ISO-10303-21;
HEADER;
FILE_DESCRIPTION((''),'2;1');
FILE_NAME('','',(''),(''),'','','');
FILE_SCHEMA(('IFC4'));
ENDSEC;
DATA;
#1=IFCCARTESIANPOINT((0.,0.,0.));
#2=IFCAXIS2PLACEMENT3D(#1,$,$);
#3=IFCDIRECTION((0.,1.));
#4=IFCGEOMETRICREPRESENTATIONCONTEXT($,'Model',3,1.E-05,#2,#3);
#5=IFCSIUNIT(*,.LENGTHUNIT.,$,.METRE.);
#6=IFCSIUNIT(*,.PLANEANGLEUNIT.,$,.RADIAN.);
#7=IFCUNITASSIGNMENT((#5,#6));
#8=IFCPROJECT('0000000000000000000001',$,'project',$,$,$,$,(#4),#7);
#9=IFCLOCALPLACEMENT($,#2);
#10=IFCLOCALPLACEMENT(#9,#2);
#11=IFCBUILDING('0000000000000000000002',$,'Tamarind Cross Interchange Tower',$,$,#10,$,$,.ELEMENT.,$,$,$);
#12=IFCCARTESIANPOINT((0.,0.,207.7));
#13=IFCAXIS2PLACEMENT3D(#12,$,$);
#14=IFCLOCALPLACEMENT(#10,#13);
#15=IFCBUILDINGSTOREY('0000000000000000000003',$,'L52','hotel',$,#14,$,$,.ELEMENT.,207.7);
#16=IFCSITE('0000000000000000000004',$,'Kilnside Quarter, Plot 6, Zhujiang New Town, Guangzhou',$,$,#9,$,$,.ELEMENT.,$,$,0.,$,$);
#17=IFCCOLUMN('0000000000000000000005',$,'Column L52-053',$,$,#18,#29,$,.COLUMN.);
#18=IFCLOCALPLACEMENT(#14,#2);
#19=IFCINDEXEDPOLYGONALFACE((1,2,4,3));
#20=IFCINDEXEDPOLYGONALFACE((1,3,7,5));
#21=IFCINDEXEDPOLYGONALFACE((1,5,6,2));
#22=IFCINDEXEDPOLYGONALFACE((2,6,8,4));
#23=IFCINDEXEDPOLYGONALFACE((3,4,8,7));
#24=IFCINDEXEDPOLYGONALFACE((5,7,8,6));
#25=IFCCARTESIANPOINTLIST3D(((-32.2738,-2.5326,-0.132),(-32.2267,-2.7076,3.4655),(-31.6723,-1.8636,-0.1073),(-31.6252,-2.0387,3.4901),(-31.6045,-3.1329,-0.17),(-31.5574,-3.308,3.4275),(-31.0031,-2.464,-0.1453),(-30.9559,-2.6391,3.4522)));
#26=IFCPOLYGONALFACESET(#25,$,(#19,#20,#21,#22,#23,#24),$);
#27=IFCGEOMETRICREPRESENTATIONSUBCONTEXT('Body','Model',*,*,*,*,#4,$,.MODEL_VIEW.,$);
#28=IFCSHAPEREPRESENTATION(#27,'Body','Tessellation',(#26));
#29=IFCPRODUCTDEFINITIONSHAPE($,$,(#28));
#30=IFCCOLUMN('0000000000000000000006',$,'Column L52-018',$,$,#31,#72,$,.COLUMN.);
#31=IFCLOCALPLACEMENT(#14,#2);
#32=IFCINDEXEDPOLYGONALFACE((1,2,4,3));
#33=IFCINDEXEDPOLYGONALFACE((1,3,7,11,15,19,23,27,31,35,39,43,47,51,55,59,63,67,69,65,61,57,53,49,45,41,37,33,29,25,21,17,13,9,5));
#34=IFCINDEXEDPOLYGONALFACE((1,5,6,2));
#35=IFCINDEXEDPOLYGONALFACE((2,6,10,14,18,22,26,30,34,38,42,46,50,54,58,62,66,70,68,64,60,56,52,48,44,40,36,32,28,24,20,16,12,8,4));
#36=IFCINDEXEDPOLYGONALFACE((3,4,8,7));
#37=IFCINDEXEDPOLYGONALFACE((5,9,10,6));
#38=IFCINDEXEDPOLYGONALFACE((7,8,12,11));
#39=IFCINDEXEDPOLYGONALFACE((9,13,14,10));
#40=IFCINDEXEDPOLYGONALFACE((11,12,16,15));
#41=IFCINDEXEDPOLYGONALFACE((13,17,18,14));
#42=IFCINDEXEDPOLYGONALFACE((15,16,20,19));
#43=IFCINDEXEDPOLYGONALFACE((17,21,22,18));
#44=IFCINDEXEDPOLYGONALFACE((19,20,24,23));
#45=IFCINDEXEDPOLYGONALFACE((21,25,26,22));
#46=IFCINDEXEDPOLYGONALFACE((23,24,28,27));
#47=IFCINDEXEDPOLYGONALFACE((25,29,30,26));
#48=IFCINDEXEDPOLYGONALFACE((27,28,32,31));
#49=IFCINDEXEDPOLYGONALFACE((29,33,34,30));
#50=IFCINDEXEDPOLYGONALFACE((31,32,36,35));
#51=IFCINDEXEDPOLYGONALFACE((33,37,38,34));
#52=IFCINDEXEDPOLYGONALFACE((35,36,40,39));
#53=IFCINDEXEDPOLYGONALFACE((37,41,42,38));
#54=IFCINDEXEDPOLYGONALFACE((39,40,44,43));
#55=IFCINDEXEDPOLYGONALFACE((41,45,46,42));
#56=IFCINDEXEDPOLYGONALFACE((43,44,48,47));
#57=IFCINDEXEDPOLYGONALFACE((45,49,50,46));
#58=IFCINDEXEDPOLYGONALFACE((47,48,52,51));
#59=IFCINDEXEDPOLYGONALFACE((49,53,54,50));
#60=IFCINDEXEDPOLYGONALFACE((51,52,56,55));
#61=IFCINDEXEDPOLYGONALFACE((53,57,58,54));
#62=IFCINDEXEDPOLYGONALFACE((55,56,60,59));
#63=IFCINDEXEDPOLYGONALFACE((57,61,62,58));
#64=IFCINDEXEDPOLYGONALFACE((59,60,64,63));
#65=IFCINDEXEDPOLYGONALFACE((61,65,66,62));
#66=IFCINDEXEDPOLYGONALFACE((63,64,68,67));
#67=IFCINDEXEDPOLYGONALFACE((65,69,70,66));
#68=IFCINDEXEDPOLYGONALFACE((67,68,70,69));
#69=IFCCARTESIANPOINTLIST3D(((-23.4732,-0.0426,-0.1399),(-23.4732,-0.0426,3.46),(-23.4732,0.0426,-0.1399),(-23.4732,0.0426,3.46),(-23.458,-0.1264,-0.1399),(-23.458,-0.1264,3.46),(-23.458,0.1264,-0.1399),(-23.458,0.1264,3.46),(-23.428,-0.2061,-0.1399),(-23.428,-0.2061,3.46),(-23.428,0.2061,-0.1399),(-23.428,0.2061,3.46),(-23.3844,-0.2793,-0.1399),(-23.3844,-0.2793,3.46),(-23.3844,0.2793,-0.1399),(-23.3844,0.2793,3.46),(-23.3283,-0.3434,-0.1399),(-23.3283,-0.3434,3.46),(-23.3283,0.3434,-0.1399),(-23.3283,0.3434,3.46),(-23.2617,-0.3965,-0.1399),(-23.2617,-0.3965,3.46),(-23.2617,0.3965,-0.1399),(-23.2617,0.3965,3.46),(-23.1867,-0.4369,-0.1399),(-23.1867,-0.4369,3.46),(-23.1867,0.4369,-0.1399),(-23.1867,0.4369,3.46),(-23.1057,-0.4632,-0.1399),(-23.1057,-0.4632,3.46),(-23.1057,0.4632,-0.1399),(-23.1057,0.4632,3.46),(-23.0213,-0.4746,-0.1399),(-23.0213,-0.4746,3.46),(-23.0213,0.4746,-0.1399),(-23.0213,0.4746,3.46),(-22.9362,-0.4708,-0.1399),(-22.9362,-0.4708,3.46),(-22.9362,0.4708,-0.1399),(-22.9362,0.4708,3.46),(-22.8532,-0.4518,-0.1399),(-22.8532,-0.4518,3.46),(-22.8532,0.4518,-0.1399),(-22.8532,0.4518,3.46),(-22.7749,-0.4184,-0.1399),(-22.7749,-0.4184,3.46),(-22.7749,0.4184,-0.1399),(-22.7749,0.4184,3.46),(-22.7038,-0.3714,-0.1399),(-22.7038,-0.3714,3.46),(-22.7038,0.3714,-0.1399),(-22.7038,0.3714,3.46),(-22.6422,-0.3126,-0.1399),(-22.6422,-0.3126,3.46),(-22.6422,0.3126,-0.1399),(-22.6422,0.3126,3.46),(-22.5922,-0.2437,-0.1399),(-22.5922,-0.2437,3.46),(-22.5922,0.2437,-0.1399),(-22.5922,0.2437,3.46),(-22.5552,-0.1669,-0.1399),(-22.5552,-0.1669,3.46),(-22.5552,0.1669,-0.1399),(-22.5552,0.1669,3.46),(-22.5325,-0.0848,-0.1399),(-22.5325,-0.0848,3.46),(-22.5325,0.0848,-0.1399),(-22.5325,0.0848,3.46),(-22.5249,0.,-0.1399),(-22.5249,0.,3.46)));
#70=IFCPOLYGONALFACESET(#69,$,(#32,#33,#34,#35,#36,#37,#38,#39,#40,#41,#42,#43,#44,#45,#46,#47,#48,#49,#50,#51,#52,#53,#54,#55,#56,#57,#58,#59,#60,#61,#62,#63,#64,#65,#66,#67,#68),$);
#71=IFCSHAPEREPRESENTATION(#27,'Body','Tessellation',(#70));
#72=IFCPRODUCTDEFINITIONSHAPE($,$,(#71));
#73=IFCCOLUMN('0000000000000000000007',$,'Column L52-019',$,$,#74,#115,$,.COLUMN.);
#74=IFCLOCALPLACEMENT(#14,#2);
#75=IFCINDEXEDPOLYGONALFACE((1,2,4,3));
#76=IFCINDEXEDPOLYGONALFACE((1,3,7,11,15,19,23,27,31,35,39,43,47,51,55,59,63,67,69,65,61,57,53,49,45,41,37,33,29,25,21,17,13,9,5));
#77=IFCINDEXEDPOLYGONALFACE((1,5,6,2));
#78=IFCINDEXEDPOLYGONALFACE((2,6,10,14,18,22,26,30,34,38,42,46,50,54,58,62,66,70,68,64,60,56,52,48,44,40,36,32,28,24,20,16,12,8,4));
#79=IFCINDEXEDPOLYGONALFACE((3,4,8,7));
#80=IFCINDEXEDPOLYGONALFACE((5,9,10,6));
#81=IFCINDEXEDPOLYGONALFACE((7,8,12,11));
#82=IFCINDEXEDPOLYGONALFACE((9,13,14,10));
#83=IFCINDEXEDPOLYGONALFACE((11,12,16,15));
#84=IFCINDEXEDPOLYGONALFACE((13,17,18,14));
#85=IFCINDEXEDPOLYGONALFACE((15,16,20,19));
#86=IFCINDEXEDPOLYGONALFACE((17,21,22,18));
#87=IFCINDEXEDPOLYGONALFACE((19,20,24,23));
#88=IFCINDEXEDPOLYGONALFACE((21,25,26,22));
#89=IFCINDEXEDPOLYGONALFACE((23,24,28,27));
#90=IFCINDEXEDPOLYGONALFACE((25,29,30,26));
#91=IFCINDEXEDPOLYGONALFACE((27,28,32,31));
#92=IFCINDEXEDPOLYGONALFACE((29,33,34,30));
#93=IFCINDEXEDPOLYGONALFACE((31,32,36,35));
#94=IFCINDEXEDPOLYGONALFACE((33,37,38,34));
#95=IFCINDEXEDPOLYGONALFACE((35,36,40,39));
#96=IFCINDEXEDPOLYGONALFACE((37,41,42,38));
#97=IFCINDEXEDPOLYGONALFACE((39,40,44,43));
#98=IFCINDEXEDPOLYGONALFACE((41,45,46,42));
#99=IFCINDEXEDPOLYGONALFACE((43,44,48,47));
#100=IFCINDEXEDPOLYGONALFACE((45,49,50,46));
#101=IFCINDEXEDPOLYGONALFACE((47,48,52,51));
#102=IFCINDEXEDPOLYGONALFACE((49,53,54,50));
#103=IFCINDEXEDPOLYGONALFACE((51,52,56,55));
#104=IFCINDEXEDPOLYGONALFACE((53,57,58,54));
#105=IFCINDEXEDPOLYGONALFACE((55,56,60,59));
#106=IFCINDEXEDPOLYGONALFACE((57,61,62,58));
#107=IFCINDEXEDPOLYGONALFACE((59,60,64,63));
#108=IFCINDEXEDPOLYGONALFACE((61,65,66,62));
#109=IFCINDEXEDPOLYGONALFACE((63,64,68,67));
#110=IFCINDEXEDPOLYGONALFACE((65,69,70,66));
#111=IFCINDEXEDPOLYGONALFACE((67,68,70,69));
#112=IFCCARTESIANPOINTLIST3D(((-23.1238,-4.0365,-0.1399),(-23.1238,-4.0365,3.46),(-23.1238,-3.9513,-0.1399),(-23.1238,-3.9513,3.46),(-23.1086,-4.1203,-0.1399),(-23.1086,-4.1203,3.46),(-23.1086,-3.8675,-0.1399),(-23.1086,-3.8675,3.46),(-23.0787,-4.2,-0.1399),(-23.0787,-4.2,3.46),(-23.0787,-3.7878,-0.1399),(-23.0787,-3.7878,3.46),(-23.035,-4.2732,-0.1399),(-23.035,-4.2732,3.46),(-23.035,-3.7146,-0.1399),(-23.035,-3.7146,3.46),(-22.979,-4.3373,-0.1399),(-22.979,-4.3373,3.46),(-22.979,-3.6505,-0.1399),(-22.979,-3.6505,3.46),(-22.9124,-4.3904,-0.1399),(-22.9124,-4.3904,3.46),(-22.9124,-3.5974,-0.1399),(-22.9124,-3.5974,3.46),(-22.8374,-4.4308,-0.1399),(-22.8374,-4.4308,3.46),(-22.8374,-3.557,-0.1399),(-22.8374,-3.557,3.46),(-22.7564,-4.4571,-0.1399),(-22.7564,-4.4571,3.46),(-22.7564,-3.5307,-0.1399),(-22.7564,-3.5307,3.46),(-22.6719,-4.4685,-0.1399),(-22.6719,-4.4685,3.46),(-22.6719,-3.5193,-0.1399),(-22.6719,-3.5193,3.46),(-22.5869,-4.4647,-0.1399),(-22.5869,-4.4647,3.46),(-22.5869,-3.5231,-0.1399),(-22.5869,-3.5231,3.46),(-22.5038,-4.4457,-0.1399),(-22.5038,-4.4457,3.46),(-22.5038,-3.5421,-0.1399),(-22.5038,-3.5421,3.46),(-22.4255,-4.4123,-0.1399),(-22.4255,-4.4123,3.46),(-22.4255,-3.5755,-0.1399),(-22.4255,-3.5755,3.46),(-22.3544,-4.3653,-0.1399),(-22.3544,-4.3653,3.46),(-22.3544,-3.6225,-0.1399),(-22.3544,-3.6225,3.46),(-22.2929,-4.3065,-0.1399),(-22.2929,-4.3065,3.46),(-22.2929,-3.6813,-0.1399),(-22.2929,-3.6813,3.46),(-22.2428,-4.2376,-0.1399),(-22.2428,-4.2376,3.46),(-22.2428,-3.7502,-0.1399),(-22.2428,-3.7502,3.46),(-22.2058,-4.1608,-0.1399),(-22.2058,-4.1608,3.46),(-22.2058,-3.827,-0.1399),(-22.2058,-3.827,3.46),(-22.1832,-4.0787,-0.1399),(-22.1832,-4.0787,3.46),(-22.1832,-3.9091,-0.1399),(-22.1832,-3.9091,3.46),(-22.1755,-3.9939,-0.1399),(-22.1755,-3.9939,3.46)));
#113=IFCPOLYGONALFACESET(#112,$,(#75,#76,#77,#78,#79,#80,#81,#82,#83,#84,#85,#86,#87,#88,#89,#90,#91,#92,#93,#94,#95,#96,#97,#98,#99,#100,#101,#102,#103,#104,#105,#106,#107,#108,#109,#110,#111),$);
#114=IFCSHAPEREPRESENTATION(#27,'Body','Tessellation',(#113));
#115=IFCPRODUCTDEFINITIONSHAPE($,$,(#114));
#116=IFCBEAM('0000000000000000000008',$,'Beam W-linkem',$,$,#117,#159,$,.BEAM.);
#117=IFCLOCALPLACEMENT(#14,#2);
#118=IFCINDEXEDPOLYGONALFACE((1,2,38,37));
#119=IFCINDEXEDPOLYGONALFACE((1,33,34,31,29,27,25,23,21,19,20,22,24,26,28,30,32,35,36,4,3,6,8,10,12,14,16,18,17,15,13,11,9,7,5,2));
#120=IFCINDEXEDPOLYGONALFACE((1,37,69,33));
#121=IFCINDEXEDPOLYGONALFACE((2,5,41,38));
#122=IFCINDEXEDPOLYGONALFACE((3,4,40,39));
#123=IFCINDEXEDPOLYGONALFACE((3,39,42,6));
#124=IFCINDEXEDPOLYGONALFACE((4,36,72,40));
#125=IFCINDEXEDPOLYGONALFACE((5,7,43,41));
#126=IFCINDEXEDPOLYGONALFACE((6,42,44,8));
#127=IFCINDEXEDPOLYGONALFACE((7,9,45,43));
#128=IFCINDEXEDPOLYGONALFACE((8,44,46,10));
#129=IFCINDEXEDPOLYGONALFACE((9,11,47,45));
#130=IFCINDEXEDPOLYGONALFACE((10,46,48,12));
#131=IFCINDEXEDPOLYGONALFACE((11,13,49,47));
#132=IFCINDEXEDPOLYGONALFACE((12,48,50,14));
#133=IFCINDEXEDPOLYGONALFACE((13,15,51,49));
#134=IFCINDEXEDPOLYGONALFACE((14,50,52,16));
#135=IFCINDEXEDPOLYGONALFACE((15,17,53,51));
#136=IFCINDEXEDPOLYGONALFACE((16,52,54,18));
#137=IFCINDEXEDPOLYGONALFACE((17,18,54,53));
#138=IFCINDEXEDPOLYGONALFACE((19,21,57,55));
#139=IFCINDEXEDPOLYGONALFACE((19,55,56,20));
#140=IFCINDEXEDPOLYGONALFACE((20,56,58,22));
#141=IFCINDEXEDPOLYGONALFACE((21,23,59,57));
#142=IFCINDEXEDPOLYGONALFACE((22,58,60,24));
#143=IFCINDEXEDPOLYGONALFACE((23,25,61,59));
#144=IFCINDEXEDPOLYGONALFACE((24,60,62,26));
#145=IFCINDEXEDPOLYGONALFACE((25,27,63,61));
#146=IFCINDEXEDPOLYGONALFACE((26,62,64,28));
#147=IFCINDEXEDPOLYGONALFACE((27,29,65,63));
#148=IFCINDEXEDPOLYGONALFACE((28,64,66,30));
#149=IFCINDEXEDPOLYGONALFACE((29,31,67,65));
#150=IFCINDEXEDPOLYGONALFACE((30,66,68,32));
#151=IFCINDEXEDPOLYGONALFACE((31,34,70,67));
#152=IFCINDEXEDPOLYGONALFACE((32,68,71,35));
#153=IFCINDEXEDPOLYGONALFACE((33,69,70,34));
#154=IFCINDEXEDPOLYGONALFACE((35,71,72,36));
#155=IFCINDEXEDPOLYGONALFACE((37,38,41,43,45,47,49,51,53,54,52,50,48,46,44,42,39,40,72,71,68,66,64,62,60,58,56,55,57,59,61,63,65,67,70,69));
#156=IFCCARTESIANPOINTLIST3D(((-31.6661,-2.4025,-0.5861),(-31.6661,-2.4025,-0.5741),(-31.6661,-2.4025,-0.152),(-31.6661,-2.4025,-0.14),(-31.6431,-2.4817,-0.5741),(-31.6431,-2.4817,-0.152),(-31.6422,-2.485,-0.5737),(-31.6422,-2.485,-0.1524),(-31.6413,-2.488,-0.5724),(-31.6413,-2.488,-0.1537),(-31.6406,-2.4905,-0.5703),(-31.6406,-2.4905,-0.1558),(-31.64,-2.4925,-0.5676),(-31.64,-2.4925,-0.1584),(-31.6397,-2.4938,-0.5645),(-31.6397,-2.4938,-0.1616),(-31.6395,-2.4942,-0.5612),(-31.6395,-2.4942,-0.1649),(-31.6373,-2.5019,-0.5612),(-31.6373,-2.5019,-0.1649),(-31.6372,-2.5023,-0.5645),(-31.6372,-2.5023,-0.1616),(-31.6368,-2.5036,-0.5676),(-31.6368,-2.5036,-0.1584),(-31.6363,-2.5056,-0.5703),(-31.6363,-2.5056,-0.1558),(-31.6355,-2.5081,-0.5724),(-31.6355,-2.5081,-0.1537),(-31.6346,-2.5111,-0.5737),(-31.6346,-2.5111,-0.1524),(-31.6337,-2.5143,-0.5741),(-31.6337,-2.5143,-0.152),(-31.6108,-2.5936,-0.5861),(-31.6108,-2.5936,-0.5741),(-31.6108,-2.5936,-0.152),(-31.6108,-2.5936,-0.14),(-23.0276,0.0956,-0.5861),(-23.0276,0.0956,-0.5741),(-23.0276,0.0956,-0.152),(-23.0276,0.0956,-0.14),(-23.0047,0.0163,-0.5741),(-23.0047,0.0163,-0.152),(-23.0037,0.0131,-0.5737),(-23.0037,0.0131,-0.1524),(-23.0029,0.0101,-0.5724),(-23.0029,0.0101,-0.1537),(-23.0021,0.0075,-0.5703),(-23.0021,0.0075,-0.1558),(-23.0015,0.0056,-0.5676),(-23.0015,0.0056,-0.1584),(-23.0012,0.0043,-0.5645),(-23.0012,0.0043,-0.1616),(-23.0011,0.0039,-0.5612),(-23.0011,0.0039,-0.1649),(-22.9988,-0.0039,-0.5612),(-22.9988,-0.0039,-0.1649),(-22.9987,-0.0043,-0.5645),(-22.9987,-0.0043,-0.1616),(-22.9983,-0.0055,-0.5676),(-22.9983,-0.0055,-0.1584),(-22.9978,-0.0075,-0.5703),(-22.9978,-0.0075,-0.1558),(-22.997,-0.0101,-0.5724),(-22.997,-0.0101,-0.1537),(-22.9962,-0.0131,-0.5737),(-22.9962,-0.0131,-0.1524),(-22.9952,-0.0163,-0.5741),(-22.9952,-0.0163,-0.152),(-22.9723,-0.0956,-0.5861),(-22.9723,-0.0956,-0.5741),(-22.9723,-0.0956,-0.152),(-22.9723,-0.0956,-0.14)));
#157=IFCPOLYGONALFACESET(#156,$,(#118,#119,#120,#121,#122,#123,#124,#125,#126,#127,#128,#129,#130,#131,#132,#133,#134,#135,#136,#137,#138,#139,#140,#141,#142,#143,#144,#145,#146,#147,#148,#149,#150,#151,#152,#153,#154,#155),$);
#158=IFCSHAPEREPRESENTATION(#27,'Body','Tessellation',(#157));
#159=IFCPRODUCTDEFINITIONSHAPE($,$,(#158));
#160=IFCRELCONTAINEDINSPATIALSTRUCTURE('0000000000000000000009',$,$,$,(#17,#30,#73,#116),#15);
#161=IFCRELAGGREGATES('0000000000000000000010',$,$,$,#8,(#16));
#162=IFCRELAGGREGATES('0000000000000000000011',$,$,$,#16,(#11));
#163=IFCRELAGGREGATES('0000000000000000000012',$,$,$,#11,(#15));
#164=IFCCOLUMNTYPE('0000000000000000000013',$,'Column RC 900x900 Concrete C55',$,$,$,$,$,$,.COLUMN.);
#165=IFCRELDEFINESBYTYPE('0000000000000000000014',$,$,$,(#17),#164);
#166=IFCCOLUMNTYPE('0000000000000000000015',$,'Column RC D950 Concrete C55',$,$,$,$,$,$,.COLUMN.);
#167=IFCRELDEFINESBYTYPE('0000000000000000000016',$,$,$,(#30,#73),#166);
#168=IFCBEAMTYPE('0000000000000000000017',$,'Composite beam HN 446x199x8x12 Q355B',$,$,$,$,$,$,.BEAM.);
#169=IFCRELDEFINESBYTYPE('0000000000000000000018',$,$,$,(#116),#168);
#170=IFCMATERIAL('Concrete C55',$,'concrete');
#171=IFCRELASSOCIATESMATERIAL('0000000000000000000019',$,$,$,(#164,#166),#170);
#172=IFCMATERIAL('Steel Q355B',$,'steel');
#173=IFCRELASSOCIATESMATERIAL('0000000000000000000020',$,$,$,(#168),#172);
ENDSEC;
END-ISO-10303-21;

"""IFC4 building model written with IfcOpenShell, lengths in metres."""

from ifc_helpers import new_model, si_unit, direction, frame, origin, origin_2d, place, context, subcontext, project, spatial, rectangle, circle, i_section, extrude, material, material_profile, profile_set, type_object, element, save


model = new_model("IFC4")

# Units and contexts
model_context = context("Model", 3, precision=1e-05, world=origin(), true_north=direction((0.0, 1.0)))
body_context = subcontext(model_context, "Body", "Model", "MODEL_VIEW")
ifc_project = project(units=[si_unit("LENGTHUNIT", "METRE"), si_unit("PLANEANGLEUNIT", "RADIAN")], contexts=[model_context])

# Site, building, storey
site_placement = place(None, origin())
site = spatial("IfcSite", under=ifc_project, at=site_placement, Name="Kilnside Quarter, Plot 6, Zhujiang New Town, Guangzhou", CompositionType="ELEMENT", RefElevation=0.0)
building_placement = place(site_placement, origin())
building = spatial("IfcBuilding", under=site, at=building_placement, Name="Tamarind Cross Interchange Tower", CompositionType="ELEMENT")
storey_placement = place(building_placement, frame((0.0, 0.0, 207.7)))
storey = spatial("IfcBuildingStorey", under=building, at=storey_placement, Name="L52", Description="hotel", CompositionType="ELEMENT", Elevation=207.7)

# Columns
ifc_material_1 = material(Name="Concrete C55", Category="concrete")
ifc_material_profile_1 = material_profile(ifc_material_1, rectangle(XDim=0.8999, YDim=0.8999, at=origin_2d()), Name="RC 900x900")
ifc_profile_set_1 = profile_set([ifc_material_profile_1], Name="Concrete C55")
column_type_1 = type_object("IfcColumnType", Name="Column RC 900x900 Concrete C55", PredefinedType="COLUMN", material=ifc_profile_set_1)
column_placement = place(storey_placement, frame((-31.6384, -2.4983, -0.1387), z_axis=(0.013081, -0.048598, 0.998733), x_axis=(0.668354, 0.743338, 0.027416)))
element("IfcColumn", 1, at=column_placement, inside=storey, type_object=column_type_1, Name="Column L52-053", PredefinedType="COLUMN", context=body_context, shape_type="SweptSolid", body=[
    extrude(rectangle(XDim=0.8999, YDim=0.8999, at=origin_2d()), origin(), (0.0, 0.0, 1.0), 3.6021),
])
ifc_material_profile_2 = material_profile(ifc_material_1, circle(Radius=0.4751, at=origin_2d()), Name="RC D950")
ifc_profile_set_2 = profile_set([ifc_material_profile_2], Name="Concrete C55")
column_type_2 = type_object("IfcColumnType", Name="Column RC D950 Concrete C55", PredefinedType="COLUMN", material=ifc_profile_set_2)
for number, where, z_axis, x_axis, name in (
    (2, (-23.0, 0.0, -0.1399), (0.0, 0.0, 1.0), (1.0, 0.0, 0.0), "Column L52-018"),
    (3, (-22.6506, -3.9939, -0.1399), (0.0, 0.0, 1.0), (1.0, 0.0, 0.0), "Column L52-019"),
):
    element("IfcColumn", number, at=place(storey_placement, frame(where, z_axis=z_axis, x_axis=x_axis)), inside=storey, type_object=column_type_2, Name=name, PredefinedType="COLUMN", context=body_context, shape_type="SweptSolid", body=[
        extrude(circle(Radius=0.4751, at=origin_2d()), origin(), (0.0, 0.0, 1.0), 3.5999),
    ])

# Beam
ifc_material_2 = material(Name="Steel Q355B", Category="steel")
ifc_material_profile_3 = material_profile(ifc_material_2, i_section(OverallWidth=0.199, OverallDepth=0.446, WebThickness=0.0081, FlangeThickness=0.012, FilletRadius=0.0129, at=origin_2d()), Name="HN 446x199x8x12")
ifc_profile_set_3 = profile_set([ifc_material_profile_3], Name="Steel Q355B")
beam_type_1 = type_object("IfcBeamType", Name="Composite beam HN 446x199x8x12 Q355B", PredefinedType="BEAM", material=ifc_profile_set_3)
beam_1_placement = place(storey_placement, frame((-31.6384, -2.498, -0.363), z_axis=(0.96064, 0.277796, 0.0), x_axis=(-0.277796, 0.96064, 0.0)))
element("IfcBeam", 4, at=beam_1_placement, inside=storey, type_object=beam_type_1, Name="Beam W-linkem", PredefinedType="BEAM", context=body_context, shape_type="SweptSolid", body=[
    extrude(i_section(OverallWidth=0.199, OverallDepth=0.446, WebThickness=0.0081, FlangeThickness=0.012, FilletRadius=0.0129, at=origin_2d()), origin(), (0.0, 0.0, 1.0), 8.9924),
])

save(model, "model.ifc")
